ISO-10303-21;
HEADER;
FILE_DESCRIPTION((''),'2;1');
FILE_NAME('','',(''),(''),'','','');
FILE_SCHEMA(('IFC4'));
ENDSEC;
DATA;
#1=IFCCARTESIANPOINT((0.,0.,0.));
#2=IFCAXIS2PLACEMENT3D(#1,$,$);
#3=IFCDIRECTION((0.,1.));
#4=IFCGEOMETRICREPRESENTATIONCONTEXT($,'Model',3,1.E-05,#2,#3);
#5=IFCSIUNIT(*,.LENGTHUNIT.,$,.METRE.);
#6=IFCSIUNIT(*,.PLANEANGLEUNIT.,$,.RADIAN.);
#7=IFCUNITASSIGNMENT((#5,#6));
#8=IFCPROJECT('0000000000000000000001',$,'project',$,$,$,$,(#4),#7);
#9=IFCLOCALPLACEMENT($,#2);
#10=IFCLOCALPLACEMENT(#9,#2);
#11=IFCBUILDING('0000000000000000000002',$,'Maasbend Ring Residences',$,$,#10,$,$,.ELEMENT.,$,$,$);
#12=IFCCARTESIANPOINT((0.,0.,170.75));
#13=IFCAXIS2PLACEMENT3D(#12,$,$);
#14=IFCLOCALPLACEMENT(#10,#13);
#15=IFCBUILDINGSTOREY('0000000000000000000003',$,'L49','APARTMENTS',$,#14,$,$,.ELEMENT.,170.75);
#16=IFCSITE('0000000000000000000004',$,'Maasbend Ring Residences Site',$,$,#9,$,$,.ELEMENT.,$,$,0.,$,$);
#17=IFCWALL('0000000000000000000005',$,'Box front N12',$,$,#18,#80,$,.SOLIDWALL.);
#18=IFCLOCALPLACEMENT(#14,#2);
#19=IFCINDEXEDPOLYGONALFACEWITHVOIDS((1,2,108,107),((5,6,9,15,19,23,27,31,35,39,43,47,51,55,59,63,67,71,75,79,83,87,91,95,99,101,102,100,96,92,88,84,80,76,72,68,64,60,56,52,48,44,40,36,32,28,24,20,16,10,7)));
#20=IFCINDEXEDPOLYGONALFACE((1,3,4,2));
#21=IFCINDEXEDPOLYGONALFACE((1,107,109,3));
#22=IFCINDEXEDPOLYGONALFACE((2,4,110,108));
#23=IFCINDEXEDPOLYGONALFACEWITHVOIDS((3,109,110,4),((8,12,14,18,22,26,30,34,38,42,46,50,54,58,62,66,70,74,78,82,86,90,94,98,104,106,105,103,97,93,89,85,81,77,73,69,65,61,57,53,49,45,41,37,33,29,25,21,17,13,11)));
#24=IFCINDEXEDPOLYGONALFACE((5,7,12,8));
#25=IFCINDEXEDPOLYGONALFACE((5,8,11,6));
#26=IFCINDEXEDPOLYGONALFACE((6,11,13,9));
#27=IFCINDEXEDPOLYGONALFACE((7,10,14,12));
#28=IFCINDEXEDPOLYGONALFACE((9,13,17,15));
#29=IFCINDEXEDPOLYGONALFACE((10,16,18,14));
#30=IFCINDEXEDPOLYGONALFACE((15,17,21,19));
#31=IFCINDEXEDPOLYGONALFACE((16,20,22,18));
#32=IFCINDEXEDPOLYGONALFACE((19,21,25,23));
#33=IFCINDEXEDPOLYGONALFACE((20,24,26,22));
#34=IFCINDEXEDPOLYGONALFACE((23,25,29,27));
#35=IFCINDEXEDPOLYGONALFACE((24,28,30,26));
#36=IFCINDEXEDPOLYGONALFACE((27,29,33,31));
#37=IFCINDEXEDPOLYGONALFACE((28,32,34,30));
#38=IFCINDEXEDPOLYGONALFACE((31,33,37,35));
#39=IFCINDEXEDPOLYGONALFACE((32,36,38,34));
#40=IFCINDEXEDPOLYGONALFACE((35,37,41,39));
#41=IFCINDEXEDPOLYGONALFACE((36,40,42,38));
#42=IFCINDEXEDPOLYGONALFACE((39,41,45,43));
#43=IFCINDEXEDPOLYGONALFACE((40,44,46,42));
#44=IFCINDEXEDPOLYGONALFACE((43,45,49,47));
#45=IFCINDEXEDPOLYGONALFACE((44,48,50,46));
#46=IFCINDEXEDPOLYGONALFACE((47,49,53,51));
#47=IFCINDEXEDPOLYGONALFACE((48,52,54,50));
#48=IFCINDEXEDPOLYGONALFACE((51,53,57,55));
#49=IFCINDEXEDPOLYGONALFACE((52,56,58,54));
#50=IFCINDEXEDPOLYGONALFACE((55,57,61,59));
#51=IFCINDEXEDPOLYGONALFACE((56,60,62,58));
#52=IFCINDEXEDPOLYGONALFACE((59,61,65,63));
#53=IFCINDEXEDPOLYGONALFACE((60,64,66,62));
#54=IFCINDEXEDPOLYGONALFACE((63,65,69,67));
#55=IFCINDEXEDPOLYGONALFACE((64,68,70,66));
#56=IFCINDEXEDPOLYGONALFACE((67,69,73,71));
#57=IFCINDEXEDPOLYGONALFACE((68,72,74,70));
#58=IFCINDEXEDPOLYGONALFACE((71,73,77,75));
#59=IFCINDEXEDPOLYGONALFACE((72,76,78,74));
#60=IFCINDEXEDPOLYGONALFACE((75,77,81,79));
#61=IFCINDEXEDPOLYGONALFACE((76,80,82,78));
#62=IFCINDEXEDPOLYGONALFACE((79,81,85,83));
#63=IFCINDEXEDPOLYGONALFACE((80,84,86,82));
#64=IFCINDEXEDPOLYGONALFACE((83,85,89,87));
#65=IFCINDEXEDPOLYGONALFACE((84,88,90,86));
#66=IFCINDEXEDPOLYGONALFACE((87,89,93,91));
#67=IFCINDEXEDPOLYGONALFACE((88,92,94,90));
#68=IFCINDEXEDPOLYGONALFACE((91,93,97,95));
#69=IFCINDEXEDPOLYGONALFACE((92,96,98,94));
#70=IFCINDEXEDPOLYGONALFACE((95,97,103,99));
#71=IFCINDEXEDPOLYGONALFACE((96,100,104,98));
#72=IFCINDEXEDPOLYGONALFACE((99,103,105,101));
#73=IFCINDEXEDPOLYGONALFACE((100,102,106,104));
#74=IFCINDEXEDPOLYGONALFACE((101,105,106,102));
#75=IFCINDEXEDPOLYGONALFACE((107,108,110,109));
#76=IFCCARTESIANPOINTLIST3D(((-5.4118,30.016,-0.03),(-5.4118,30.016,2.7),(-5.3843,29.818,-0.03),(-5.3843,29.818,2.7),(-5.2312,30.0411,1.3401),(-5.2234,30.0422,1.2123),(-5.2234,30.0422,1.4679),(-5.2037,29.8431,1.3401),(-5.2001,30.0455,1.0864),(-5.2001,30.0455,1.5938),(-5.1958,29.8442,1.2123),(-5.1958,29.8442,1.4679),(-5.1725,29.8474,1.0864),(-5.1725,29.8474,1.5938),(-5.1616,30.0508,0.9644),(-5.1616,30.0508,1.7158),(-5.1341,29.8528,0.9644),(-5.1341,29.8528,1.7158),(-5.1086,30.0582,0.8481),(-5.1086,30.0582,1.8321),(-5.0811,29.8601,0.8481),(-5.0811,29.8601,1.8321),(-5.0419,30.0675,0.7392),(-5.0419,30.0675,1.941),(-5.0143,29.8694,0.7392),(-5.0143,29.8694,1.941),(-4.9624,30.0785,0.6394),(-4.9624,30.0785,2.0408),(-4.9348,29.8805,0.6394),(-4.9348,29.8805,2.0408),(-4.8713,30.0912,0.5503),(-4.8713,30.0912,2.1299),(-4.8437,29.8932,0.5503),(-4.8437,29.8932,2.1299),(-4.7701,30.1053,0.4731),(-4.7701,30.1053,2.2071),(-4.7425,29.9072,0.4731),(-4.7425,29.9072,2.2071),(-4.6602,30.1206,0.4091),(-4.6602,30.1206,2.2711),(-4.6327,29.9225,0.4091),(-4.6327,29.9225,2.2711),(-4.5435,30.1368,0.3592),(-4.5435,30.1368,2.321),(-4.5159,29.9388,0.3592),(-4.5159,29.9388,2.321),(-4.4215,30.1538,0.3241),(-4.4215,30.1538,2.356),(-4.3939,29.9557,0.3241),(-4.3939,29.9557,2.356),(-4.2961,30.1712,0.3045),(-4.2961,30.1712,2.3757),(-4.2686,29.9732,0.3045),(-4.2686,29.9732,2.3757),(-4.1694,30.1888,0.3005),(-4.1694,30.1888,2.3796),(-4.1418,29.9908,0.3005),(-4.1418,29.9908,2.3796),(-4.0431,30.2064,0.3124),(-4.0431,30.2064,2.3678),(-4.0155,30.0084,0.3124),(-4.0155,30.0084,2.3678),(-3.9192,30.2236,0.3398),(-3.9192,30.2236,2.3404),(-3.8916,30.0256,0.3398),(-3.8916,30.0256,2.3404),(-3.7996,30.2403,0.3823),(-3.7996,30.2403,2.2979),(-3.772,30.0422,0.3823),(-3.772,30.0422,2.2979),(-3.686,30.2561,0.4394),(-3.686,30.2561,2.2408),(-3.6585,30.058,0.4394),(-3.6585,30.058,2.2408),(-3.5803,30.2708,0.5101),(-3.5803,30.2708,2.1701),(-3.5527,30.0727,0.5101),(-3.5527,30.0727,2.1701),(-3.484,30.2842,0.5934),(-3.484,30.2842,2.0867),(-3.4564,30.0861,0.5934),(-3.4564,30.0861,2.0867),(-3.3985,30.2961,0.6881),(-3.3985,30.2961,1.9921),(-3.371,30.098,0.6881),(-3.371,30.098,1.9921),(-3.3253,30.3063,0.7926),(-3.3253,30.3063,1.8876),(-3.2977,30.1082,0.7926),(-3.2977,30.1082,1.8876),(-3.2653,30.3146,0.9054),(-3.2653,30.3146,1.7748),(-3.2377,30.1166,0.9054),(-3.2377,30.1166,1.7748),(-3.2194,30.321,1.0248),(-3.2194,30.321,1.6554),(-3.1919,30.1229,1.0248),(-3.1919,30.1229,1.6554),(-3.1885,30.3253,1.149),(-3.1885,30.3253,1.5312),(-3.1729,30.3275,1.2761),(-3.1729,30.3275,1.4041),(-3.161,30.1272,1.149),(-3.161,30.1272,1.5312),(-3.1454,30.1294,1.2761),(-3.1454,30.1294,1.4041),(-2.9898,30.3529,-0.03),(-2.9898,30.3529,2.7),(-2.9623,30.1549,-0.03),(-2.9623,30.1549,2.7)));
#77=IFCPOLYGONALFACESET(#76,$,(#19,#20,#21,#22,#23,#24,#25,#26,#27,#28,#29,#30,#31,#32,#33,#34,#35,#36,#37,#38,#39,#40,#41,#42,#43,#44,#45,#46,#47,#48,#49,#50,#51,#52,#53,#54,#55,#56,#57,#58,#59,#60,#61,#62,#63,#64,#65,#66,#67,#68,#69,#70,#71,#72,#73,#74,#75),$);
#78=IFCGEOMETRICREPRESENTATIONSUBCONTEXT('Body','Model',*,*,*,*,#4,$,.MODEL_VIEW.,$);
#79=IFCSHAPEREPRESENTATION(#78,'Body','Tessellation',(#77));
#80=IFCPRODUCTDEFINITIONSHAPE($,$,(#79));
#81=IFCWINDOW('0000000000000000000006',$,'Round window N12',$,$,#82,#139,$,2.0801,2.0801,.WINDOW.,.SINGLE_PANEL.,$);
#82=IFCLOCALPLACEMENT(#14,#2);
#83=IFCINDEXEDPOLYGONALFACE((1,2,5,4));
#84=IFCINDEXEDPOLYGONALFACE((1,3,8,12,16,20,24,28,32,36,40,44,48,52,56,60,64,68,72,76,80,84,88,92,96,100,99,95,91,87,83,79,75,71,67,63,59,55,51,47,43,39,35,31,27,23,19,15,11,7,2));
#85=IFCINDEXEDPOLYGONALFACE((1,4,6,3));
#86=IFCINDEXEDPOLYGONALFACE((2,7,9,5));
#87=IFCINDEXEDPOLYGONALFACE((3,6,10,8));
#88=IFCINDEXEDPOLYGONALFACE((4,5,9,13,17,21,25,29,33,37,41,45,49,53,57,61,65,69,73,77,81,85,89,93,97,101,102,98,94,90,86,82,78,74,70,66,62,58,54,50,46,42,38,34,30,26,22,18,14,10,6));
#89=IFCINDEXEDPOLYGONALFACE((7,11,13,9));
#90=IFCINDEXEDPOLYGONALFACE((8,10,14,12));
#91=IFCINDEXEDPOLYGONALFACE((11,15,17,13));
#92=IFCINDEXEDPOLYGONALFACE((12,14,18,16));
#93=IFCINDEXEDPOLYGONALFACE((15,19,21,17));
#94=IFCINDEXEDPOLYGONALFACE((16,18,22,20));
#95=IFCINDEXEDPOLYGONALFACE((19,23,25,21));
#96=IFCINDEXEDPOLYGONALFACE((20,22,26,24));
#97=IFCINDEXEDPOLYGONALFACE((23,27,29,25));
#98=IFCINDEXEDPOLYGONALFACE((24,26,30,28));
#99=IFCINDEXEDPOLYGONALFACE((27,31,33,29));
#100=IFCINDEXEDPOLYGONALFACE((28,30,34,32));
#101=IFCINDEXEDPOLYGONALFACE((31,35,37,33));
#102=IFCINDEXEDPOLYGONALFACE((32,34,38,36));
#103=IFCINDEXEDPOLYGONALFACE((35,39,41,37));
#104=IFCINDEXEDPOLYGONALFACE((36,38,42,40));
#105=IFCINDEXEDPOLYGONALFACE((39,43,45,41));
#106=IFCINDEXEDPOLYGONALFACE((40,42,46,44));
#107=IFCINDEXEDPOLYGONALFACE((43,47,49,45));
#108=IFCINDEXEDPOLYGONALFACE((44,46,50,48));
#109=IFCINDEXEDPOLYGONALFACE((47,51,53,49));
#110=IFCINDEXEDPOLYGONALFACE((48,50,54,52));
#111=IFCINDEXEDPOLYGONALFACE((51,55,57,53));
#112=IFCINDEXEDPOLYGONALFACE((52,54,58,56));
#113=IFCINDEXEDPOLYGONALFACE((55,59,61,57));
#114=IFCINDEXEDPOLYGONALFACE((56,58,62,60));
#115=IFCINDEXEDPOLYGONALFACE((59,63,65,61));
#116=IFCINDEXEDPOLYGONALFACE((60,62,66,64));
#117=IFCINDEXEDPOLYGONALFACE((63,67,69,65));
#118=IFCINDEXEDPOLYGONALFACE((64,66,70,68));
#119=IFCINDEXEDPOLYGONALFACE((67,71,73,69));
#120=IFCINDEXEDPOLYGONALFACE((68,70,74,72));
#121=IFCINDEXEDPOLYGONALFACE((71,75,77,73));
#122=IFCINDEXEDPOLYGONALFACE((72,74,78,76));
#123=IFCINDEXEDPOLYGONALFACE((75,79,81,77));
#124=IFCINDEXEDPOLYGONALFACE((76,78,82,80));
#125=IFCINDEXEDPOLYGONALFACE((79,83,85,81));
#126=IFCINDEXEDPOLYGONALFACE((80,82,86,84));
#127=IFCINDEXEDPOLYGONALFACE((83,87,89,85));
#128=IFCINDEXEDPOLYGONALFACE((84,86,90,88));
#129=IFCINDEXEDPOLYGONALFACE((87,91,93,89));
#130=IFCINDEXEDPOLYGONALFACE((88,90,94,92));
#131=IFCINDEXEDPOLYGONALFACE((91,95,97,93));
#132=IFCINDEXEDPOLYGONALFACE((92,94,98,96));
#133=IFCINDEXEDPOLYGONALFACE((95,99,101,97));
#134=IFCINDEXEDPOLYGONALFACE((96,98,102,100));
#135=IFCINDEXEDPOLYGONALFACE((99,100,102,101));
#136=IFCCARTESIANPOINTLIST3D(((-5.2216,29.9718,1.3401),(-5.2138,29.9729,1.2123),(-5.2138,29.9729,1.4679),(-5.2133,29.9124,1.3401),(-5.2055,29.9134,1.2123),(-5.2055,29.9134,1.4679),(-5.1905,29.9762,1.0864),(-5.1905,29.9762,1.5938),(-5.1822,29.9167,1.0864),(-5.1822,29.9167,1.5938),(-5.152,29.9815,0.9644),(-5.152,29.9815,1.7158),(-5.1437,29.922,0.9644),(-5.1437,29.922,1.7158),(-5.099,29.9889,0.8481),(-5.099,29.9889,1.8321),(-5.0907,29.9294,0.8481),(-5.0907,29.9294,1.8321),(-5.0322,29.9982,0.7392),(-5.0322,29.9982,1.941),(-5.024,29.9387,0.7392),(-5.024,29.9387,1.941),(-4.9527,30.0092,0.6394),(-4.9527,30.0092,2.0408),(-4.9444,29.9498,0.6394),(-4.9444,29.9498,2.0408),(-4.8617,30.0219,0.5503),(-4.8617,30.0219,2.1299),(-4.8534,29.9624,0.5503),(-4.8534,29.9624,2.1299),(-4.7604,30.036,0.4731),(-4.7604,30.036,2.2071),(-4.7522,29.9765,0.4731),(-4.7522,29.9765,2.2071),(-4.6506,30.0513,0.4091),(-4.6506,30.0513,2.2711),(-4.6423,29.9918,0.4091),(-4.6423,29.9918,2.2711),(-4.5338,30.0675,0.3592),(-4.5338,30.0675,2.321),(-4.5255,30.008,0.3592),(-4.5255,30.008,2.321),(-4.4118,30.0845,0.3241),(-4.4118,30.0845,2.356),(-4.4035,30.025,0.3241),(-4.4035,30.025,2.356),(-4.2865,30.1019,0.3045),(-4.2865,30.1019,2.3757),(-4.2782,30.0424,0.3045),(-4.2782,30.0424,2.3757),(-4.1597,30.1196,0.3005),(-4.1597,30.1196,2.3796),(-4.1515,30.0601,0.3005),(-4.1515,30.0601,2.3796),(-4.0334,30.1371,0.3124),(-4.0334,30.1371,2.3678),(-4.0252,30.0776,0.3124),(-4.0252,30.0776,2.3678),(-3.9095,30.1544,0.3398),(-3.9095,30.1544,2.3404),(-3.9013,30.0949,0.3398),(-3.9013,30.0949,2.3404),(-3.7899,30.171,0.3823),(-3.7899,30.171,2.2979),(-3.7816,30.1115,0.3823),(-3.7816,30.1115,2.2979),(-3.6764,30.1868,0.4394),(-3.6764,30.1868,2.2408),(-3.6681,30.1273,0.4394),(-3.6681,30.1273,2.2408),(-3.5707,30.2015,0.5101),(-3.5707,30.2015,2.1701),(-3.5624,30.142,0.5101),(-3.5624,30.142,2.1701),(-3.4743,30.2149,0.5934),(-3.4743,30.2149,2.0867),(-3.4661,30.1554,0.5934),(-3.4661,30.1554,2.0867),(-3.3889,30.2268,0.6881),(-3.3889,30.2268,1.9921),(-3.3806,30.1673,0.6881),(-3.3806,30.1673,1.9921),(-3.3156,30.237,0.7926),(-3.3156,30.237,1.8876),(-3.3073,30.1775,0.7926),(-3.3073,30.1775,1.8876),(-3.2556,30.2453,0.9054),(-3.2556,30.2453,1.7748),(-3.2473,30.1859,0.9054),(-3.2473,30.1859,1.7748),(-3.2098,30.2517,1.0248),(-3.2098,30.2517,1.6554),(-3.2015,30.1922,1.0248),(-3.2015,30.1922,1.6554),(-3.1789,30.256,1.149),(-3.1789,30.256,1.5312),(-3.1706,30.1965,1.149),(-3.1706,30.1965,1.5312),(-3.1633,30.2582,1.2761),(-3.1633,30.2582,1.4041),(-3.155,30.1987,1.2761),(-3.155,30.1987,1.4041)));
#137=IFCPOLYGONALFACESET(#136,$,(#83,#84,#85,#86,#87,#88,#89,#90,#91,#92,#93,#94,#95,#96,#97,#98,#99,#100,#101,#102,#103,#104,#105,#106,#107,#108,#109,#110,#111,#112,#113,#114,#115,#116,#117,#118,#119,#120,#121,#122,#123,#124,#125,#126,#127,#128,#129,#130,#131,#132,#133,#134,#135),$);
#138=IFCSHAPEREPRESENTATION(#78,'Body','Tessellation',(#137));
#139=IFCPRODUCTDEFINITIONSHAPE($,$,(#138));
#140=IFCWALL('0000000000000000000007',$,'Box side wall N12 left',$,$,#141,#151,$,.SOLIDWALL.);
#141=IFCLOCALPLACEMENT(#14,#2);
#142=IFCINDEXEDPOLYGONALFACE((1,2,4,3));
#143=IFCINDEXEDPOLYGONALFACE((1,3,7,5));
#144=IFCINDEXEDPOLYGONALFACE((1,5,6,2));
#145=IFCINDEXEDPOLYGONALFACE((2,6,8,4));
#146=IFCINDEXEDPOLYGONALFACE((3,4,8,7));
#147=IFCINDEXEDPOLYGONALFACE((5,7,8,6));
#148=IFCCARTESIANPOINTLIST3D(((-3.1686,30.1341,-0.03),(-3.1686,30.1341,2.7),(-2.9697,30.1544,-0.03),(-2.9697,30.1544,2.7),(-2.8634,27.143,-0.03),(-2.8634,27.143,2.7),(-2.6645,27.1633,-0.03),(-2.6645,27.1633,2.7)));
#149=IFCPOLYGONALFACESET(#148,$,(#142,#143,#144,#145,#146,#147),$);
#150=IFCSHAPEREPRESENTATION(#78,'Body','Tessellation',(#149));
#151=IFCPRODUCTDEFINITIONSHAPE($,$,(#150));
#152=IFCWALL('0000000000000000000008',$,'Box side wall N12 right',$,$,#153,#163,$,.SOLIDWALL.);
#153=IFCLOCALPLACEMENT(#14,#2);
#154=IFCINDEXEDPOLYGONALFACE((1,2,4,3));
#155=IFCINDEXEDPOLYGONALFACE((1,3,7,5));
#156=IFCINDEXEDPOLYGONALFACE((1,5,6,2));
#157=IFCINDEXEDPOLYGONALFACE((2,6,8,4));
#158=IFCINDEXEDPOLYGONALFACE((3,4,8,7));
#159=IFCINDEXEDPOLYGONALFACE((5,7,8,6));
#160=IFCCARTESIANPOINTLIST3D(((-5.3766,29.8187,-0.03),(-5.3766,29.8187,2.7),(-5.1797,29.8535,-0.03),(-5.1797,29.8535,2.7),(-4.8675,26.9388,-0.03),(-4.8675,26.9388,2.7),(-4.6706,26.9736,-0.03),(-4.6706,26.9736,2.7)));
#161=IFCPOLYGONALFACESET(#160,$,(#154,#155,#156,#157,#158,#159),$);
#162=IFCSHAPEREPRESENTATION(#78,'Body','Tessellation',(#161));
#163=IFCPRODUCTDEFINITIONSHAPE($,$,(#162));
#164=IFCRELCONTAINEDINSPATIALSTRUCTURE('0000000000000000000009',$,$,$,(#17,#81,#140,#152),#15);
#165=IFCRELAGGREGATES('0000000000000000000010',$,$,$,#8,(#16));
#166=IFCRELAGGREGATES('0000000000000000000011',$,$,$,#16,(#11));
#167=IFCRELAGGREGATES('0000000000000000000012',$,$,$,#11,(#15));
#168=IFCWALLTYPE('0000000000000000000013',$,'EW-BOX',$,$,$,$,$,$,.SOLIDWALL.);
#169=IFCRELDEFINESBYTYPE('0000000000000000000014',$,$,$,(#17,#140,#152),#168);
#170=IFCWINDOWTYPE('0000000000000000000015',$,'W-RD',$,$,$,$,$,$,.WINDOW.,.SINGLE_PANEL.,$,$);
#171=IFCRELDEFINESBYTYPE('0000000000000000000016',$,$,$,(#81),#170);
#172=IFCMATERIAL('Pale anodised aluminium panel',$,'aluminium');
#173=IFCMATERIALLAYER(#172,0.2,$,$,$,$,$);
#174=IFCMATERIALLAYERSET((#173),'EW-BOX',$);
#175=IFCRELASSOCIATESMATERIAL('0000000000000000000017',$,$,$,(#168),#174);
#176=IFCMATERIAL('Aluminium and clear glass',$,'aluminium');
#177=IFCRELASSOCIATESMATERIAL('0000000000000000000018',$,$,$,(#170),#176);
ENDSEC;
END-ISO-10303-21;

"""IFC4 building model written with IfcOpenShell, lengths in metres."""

from ifc_helpers import new_model, si_unit, direction, frame, frame_2d, origin, place, context, subcontext, project, spatial, rectangle, circle, extrude, material, layer, layer_set, type_object, element, fill, save


model = new_model("IFC4")

# Units and contexts
model_context = context("Model", 3, precision=1e-05, world=origin(), true_north=direction((0.0, 1.0)))
body_context = subcontext(model_context, "Body", "Model", "MODEL_VIEW")
ifc_project = project(units=[si_unit("LENGTHUNIT", "METRE"), si_unit("PLANEANGLEUNIT", "RADIAN")], contexts=[model_context])

# Site, building, storey
site_placement = place(None, origin())
site = spatial("IfcSite", under=ifc_project, at=site_placement, Name="Maasbend Ring Residences Site", CompositionType="ELEMENT", RefElevation=0.0)
building_placement = place(site_placement, origin())
building = spatial("IfcBuilding", under=site, at=building_placement, Name="Maasbend Ring Residences", CompositionType="ELEMENT")
storey_placement = place(building_placement, frame((0.0, 0.0, 170.75)))
storey = spatial("IfcBuildingStorey", under=building, at=storey_placement, Name="L49", Description="APARTMENTS", CompositionType="ELEMENT", Elevation=170.75)

# Wall, opening, window
ifc_material_1 = material(Name="Pale anodised aluminium panel", Category="aluminium")
ifc_layer_1 = layer(ifc_material_1, 0.2)
ifc_layer_set_1 = layer_set([ifc_layer_1], Name="EW-BOX")
wall_type_1 = type_object("IfcWallType", Name="EW-BOX", PredefinedType="SOLIDWALL", material=ifc_layer_set_1)
wall_1_placement = place(storey_placement, frame((-2.9761, 30.2539, -0.03), z_axis=(0.0, 0.0, 1.0), x_axis=(-0.990462, -0.137786, 0.0)))
wall_1 = element("IfcWall", 1, at=wall_1_placement, inside=storey, type_object=wall_type_1, Name="Box front N12", PredefinedType="SOLIDWALL", context=body_context, shape_type="SweptSolid", body=[
    extrude(rectangle(XDim=2.4453, YDim=0.2, at=frame_2d((1.2227, 0.0))), origin(), (0.0, 0.0, 1.0), 2.73),
])
opening_1_placement = place(wall_1_placement, frame((0.1829, 0.0, 0.3301)))
opening_1 = element("IfcOpeningElement", 2, at=opening_1_placement, cuts=wall_1, PredefinedType="OPENING", context=body_context, shape_type="SweptSolid", body=[
    extrude(circle(Radius=1.04, at=frame_2d((1.04, 1.04))), frame((0.0, 0.1099, 0.0), z_axis=(0.0, -1.0, 0.0), x_axis=(1.0, 0.0, 0.0)), (0.0, 0.0, 1.0), 0.22),
])
ifc_material_2 = material(Name="Aluminium and clear glass", Category="aluminium")
window_type_1 = type_object("IfcWindowType", Name="W-RD", PartitioningType="SINGLE_PANEL", PredefinedType="WINDOW", material=ifc_material_2)
window_1_placement = place(opening_1_placement, origin())
window_1 = element("IfcWindow", 3, at=window_1_placement, inside=storey, type_object=window_type_1, Name="Round window N12", OverallHeight=2.0801, OverallWidth=2.0801, PartitioningType="SINGLE_PANEL", PredefinedType="WINDOW", context=body_context, shape_type="SweptSolid", body=[
    extrude(circle(Radius=1.04, at=frame_2d((1.04, 1.04))), frame((0.0, 0.03, 0.0), z_axis=(0.0, -1.0, 0.0), x_axis=(1.0, 0.0, 0.0)), (0.0, 0.0, 1.0), 0.0601),
])
fill(opening_1, window_1)

# Walls
wall_2_placement = place(storey_placement, frame((-2.7639, 27.1531, -0.03), z_axis=(0.0, 0.0, 1.0), x_axis=(-0.101505, 0.994835, 0.0)))
element("IfcWall", 4, at=wall_2_placement, inside=storey, type_object=wall_type_1, Name="Box side wall N12 left", PredefinedType="SOLIDWALL", context=body_context, shape_type="SweptSolid", body=[
    extrude(rectangle(XDim=3.0066, YDim=0.2, at=frame_2d((1.5034, 0.0))), origin(), (0.0, 0.0, 1.0), 2.73),
])
wall_3_placement = place(storey_placement, frame((-4.769, 26.9561, -0.03), z_axis=(0.0, 0.0, 1.0), x_axis=(-0.174057, 0.984736, 0.0)))
element("IfcWall", 5, at=wall_3_placement, inside=storey, type_object=wall_type_1, Name="Box side wall N12 right", PredefinedType="SOLIDWALL", context=body_context, shape_type="SweptSolid", body=[
    extrude(rectangle(XDim=2.9246, YDim=0.2, at=frame_2d((1.4624, 0.0))), origin(), (0.0, 0.0, 1.0), 2.73),
])

save(model, "model.ifc")
